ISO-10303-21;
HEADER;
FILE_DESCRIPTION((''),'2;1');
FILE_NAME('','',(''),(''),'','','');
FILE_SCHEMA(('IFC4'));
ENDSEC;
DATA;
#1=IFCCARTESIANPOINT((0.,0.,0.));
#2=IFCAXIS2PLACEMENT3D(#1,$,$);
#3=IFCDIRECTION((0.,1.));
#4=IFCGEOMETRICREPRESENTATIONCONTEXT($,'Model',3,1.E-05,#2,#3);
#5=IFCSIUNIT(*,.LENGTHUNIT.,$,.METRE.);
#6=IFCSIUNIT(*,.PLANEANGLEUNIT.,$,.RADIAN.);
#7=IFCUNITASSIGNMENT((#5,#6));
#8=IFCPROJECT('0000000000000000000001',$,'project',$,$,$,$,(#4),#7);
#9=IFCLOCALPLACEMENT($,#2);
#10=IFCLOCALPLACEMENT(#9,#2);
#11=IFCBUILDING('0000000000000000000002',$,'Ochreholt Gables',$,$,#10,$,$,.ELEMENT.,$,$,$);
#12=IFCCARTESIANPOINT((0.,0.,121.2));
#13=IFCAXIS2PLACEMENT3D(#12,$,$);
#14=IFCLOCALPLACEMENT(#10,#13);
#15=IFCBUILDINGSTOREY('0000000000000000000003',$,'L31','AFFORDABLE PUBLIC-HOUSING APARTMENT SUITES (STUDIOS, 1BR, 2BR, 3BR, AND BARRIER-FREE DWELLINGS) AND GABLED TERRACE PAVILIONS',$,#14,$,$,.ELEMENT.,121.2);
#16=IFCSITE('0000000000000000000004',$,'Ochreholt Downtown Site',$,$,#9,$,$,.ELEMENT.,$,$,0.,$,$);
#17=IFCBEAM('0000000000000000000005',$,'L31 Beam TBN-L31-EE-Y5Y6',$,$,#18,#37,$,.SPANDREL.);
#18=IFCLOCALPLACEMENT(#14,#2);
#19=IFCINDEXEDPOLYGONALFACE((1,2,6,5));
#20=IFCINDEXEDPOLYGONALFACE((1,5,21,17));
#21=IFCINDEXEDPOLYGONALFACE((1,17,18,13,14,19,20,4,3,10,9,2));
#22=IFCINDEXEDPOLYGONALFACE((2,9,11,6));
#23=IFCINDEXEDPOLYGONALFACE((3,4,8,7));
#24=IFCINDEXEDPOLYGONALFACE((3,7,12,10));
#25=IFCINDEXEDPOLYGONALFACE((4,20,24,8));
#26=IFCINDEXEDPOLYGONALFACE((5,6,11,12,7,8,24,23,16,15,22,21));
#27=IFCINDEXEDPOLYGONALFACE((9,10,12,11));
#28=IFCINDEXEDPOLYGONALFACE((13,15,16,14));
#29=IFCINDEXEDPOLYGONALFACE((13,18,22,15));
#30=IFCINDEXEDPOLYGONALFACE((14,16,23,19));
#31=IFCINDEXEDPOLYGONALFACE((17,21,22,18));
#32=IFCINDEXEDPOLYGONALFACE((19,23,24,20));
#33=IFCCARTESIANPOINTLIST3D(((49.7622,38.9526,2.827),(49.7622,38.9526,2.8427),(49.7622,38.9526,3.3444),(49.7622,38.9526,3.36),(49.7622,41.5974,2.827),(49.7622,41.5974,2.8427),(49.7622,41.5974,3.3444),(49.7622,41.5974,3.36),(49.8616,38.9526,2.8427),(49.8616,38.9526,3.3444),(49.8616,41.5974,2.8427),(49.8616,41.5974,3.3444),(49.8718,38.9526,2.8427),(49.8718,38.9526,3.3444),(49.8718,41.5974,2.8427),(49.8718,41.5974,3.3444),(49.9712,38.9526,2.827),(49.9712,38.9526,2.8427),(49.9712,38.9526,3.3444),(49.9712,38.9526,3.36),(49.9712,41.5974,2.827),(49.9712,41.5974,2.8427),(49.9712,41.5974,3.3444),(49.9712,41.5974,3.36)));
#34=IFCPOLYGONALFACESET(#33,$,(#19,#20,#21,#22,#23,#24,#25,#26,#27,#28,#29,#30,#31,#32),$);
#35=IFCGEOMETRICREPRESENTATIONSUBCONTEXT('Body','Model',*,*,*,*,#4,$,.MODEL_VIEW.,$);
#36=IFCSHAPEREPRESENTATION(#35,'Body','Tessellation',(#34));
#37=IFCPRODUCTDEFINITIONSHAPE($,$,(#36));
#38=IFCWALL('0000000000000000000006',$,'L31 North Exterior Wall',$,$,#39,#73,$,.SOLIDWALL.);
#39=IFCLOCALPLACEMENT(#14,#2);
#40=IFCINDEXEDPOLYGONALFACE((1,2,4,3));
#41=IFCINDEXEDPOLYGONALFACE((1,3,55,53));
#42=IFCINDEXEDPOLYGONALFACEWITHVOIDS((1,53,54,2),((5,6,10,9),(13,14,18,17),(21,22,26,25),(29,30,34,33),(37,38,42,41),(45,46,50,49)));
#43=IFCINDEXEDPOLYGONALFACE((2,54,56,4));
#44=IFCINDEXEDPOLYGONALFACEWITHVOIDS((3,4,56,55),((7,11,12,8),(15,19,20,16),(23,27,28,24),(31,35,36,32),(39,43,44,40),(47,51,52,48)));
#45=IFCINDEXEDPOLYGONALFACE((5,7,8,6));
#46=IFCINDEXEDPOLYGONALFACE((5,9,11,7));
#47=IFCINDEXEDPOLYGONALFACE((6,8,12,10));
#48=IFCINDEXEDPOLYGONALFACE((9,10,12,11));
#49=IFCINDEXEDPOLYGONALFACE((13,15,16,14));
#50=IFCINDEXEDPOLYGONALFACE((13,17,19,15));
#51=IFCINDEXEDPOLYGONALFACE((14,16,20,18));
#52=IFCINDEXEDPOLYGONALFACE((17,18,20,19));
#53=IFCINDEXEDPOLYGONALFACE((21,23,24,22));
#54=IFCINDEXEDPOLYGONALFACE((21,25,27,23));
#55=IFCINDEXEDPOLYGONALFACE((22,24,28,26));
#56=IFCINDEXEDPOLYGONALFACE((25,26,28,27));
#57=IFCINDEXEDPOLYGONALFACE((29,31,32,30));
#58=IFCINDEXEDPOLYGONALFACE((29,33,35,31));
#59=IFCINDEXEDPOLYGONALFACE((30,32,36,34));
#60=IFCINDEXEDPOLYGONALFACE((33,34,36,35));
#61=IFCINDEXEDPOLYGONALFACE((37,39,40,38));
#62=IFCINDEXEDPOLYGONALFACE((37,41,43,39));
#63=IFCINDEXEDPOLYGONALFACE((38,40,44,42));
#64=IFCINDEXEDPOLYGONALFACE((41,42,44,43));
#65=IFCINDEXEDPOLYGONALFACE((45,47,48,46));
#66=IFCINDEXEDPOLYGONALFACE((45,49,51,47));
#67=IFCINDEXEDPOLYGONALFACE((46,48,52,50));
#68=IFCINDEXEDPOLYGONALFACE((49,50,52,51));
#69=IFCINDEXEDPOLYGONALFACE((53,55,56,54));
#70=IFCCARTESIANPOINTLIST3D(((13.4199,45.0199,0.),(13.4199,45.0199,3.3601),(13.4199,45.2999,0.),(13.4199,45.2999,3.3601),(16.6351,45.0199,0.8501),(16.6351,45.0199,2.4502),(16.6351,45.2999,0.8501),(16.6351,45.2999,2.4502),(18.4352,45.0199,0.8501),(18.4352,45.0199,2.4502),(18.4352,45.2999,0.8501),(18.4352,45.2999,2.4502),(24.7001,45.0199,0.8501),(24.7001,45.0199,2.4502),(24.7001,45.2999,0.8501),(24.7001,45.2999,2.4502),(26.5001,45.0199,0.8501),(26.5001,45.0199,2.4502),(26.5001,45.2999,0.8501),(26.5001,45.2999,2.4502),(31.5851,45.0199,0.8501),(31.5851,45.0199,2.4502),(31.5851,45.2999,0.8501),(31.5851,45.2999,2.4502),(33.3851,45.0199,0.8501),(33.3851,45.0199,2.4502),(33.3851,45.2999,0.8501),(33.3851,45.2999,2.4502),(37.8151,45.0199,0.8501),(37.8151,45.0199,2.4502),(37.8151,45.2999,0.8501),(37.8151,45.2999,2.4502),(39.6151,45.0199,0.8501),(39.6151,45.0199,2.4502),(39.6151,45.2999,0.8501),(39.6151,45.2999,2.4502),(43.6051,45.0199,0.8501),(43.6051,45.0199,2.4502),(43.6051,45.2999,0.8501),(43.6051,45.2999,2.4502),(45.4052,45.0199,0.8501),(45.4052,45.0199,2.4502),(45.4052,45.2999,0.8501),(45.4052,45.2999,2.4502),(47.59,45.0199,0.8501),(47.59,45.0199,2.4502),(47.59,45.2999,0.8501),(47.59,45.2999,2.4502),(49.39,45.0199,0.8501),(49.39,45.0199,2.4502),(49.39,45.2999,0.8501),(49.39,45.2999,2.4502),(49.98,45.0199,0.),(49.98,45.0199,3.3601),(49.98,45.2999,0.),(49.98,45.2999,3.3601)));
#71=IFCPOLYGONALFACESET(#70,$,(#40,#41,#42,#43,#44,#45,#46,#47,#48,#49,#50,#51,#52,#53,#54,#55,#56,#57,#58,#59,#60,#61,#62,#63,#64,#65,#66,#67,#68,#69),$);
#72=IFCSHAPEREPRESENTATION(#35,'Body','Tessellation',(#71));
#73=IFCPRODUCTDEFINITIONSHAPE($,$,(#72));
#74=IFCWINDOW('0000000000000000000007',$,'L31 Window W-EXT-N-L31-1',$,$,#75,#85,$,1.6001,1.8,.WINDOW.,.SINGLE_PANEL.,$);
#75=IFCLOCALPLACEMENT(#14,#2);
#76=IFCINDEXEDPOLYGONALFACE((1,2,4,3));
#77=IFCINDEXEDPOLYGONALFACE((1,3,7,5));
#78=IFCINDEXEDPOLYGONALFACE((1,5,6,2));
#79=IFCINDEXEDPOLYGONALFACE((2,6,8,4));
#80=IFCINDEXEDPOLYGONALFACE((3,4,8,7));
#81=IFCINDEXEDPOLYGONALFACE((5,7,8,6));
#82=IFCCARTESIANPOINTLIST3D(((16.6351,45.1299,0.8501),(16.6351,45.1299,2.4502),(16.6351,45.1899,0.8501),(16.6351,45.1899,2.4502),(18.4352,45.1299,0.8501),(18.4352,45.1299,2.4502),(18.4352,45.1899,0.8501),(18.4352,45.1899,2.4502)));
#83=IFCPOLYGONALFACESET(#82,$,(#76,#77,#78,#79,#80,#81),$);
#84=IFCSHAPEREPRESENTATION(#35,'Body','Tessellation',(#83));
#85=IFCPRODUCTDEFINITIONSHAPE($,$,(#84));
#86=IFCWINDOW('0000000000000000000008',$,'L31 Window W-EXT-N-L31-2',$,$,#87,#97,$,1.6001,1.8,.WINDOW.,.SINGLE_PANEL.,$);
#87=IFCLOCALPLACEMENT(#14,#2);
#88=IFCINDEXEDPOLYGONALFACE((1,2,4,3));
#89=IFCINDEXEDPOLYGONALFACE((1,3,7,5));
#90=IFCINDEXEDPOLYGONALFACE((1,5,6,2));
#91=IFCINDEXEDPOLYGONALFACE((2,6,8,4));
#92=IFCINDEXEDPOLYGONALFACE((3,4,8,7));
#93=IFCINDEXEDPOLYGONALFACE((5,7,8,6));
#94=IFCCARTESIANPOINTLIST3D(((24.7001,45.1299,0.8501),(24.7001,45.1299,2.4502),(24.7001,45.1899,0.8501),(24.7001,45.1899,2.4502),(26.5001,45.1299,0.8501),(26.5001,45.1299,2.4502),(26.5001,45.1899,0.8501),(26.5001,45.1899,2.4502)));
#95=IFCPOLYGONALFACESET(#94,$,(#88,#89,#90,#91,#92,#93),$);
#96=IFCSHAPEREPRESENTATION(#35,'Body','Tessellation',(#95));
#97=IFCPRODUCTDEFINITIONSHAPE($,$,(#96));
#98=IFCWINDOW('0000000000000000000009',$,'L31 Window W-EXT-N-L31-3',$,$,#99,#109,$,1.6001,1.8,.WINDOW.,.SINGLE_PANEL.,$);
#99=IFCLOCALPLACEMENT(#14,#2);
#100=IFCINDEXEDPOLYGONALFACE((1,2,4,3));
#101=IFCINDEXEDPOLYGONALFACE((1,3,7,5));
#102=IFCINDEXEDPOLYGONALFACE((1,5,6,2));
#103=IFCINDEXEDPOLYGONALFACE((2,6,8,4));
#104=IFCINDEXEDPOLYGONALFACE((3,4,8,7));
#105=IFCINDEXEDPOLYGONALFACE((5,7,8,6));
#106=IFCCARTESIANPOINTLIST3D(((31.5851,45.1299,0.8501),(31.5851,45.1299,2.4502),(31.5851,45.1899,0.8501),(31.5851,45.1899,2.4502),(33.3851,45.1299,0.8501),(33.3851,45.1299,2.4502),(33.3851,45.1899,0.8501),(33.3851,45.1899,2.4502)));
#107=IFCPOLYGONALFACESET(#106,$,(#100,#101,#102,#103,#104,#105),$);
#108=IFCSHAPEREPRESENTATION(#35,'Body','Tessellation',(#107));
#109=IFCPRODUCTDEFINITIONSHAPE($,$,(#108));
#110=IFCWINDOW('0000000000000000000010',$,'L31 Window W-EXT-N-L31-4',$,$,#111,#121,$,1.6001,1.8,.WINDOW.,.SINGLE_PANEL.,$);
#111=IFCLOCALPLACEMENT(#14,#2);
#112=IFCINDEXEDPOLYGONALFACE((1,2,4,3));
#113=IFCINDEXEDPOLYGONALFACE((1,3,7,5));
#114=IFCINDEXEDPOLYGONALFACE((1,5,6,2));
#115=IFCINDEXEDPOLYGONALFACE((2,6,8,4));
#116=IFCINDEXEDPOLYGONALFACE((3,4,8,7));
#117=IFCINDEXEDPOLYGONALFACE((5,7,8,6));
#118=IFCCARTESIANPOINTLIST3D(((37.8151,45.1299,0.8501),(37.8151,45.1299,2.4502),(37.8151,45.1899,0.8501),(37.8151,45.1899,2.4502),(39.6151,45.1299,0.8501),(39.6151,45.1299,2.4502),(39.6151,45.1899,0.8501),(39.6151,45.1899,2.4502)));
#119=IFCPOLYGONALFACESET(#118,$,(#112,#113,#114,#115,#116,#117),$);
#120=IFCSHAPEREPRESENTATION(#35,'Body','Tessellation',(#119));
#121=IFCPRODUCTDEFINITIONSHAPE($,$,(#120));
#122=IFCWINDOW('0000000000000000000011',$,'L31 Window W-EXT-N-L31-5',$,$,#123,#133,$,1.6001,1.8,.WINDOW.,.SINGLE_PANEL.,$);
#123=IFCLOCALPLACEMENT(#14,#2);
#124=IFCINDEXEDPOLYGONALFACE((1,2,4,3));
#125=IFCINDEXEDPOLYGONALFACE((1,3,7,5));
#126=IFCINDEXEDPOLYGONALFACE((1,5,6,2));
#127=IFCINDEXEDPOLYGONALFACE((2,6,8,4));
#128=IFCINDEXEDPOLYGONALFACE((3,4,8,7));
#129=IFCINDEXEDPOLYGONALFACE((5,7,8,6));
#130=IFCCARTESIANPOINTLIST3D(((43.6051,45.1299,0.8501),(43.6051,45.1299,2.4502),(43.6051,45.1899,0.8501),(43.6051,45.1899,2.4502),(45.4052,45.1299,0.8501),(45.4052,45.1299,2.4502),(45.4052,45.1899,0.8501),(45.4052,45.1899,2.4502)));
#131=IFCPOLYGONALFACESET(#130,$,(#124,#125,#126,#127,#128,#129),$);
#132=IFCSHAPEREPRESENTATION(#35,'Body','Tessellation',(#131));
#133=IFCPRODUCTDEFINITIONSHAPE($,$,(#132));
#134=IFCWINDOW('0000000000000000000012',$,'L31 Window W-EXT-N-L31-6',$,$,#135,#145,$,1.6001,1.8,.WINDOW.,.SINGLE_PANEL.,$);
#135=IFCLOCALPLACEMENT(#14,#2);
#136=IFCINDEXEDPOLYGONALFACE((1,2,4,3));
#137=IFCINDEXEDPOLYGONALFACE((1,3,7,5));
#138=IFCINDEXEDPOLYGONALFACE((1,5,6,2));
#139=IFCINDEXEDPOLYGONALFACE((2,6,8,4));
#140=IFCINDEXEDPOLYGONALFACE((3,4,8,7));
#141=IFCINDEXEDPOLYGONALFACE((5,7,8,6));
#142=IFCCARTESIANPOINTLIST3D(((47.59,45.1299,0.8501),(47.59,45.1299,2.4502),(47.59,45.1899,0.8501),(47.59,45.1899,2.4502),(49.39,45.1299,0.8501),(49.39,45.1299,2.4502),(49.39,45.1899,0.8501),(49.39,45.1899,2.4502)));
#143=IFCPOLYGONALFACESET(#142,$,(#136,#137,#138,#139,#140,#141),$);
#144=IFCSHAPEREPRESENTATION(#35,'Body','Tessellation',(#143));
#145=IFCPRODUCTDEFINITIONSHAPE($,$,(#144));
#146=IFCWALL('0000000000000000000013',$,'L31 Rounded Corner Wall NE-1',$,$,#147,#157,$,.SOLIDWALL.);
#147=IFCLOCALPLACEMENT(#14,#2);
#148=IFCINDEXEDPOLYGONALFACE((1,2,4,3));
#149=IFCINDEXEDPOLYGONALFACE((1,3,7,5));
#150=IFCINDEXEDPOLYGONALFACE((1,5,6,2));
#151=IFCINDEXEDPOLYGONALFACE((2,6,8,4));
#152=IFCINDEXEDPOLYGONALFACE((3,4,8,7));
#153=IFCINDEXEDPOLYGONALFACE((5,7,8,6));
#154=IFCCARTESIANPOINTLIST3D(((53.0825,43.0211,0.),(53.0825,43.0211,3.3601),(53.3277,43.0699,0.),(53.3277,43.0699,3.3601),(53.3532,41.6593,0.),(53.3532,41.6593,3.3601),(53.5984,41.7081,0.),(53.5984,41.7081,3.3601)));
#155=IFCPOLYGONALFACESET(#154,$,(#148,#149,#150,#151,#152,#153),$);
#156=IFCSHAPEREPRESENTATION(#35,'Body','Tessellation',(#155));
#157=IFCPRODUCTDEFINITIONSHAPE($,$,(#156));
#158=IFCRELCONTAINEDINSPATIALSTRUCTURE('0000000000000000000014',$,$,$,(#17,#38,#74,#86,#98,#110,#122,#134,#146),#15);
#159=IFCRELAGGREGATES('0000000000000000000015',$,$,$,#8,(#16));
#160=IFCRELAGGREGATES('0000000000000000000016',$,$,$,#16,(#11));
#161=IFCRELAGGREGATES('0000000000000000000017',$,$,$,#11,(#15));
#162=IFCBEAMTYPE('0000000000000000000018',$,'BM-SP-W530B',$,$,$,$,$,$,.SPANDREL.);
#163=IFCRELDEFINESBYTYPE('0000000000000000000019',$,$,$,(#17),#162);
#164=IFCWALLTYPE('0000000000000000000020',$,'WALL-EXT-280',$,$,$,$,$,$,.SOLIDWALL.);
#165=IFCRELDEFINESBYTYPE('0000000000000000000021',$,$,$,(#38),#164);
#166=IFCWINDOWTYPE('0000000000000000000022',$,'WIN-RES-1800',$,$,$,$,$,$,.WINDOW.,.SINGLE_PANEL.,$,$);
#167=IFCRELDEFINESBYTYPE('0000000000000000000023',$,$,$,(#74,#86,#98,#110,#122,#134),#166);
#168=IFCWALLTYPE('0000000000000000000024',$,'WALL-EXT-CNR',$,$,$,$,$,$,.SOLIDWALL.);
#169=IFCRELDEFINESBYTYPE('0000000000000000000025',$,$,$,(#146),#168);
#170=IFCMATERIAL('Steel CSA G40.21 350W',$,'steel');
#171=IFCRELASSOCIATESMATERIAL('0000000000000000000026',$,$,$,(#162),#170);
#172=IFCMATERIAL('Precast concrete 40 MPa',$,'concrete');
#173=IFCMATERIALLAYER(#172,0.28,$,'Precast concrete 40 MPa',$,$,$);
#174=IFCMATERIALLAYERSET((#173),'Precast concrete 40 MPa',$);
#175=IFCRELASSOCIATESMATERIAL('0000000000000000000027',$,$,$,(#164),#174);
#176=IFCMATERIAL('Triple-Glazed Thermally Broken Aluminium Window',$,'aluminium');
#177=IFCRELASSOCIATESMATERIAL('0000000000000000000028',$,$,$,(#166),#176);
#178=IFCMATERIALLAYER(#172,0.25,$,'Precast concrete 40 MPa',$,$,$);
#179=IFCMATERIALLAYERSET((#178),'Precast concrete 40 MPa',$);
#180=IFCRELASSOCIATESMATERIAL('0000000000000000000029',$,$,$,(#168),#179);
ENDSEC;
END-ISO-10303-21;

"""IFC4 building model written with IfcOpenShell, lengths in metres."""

from ifc_helpers import new_model, si_unit, direction, frame, frame_2d, origin, origin_2d, place, context, subcontext, project, spatial, rectangle, i_section, extrude, material, layer, layer_set, material_profile, profile_set, type_object, element, fill, save


model = new_model("IFC4")

# Units and contexts
model_context = context("Model", 3, precision=1e-05, world=origin(), true_north=direction((0.0, 1.0)))
body_context = subcontext(model_context, "Body", "Model", "MODEL_VIEW")
ifc_project = project(units=[si_unit("LENGTHUNIT", "METRE"), si_unit("PLANEANGLEUNIT", "RADIAN")], contexts=[model_context])

# Site, building, storey
site_placement = place(None, origin())
site = spatial("IfcSite", under=ifc_project, at=site_placement, Name="Ochreholt Downtown Site", CompositionType="ELEMENT", RefElevation=0.0)
building_placement = place(site_placement, origin())
building = spatial("IfcBuilding", under=site, at=building_placement, Name="Ochreholt Gables", CompositionType="ELEMENT")
storey_placement = place(building_placement, frame((0.0, 0.0, 121.2)))
storey = spatial("IfcBuildingStorey", under=building, at=storey_placement, Name="L31", Description="AFFORDABLE PUBLIC-HOUSING APARTMENT SUITES (STUDIOS, 1BR, 2BR, 3BR, AND BARRIER-FREE DWELLINGS) AND GABLED TERRACE PAVILIONS", CompositionType="ELEMENT", Elevation=121.2)

# Shared definitions
ifc_material_1 = material(Name="Steel CSA G40.21 350W", Category="steel")

# Beam
ifc_material_profile_1 = material_profile(ifc_material_1, i_section(OverallWidth=0.209, OverallDepth=0.533, WebThickness=0.0103, FlangeThickness=0.0156, at=origin_2d()), Name="W530X92")
ifc_profile_set_1 = profile_set([ifc_material_profile_1], Name="Steel CSA G40.21 350W")
beam_type_1 = type_object("IfcBeamType", Name="BM-SP-W530B", PredefinedType="SPANDREL", material=ifc_profile_set_1)
beam_1_placement = place(storey_placement, frame((49.8667, 38.9526, 3.0935), z_axis=(0.0, 1.0, 0.0), x_axis=(-1.0, 0.0, 0.0)))
element("IfcBeam", 1, at=beam_1_placement, inside=storey, type_object=beam_type_1, Name="L31 Beam TBN-L31-EE-Y5Y6", PredefinedType="SPANDREL", context=body_context, shape_type="SweptSolid", body=[
    extrude(i_section(OverallWidth=0.209, OverallDepth=0.533, WebThickness=0.0103, FlangeThickness=0.0156, at=origin_2d()), origin(), (0.0, 0.0, 1.0), 2.6448),
])

# Wall, openings, windows
ifc_material_2 = material(Name="Precast concrete 40 MPa", Category="concrete")
ifc_layer_1 = layer(ifc_material_2, 0.28, Name="Precast concrete 40 MPa")
ifc_layer_set_1 = layer_set([ifc_layer_1], Name="Precast concrete 40 MPa")
wall_type_1 = type_object("IfcWallType", Name="WALL-EXT-280", PredefinedType="SOLIDWALL", material=ifc_layer_set_1)
wall_1_placement = place(storey_placement, frame((49.98, 45.1599, 0.0), z_axis=(0.0, 0.0, 1.0), x_axis=(-1.0, 0.0, 0.0)))
wall_1 = element("IfcWall", 2, at=wall_1_placement, inside=storey, type_object=wall_type_1, Name="L31 North Exterior Wall", PredefinedType="SOLIDWALL", context=body_context, shape_type="SweptSolid", body=[
    extrude(rectangle(XDim=36.5601, YDim=0.28, at=frame_2d((18.28, 0.0))), origin(), (0.0, 0.0, 1.0), 3.3601),
])
opening_1_placement = place(wall_1_placement, frame((31.5449, 0.0, 0.8501)))
opening_1 = element("IfcOpeningElement", 3, at=opening_1_placement, cuts=wall_1, PredefinedType="OPENING", context=body_context, shape_type="SweptSolid", body=[
    extrude(rectangle(XDim=1.8, YDim=1.6001, at=frame_2d((0.8999, 0.8))), frame((0.0, 0.1499, 0.0), z_axis=(0.0, -1.0, 0.0), x_axis=(1.0, 0.0, 0.0)), (0.0, 0.0, 1.0), 0.3),
])
opening_2_placement = place(wall_1_placement, frame((23.48, 0.0, 0.8501)))
opening_2 = element("IfcOpeningElement", 4, at=opening_2_placement, cuts=wall_1, PredefinedType="OPENING", context=body_context, shape_type="SweptSolid", body=[
    extrude(rectangle(XDim=1.8, YDim=1.6001, at=frame_2d((0.8999, 0.8))), frame((0.0, 0.1499, 0.0), z_axis=(0.0, -1.0, 0.0), x_axis=(1.0, 0.0, 0.0)), (0.0, 0.0, 1.0), 0.3),
])
opening_3_placement = place(wall_1_placement, frame((16.595, 0.0, 0.8501)))
opening_3 = element("IfcOpeningElement", 5, at=opening_3_placement, cuts=wall_1, PredefinedType="OPENING", context=body_context, shape_type="SweptSolid", body=[
    extrude(rectangle(XDim=1.8, YDim=1.6001, at=frame_2d((0.8999, 0.8))), frame((0.0, 0.1499, 0.0), z_axis=(0.0, -1.0, 0.0), x_axis=(1.0, 0.0, 0.0)), (0.0, 0.0, 1.0), 0.3),
])
opening_4_placement = place(wall_1_placement, frame((10.365, 0.0, 0.8501)))
opening_4 = element("IfcOpeningElement", 6, at=opening_4_placement, cuts=wall_1, PredefinedType="OPENING", context=body_context, shape_type="SweptSolid", body=[
    extrude(rectangle(XDim=1.8, YDim=1.6001, at=frame_2d((0.8999, 0.8))), frame((0.0, 0.1499, 0.0), z_axis=(0.0, -1.0, 0.0), x_axis=(1.0, 0.0, 0.0)), (0.0, 0.0, 1.0), 0.3),
])
opening_5_placement = place(wall_1_placement, frame((4.575, 0.0, 0.8501)))
opening_5 = element("IfcOpeningElement", 7, at=opening_5_placement, cuts=wall_1, PredefinedType="OPENING", context=body_context, shape_type="SweptSolid", body=[
    extrude(rectangle(XDim=1.8, YDim=1.6001, at=frame_2d((0.8999, 0.8))), frame((0.0, 0.1499, 0.0), z_axis=(0.0, -1.0, 0.0), x_axis=(1.0, 0.0, 0.0)), (0.0, 0.0, 1.0), 0.3),
])
opening_6_placement = place(wall_1_placement, frame((0.5901, 0.0, 0.8501)))
opening_6 = element("IfcOpeningElement", 8, at=opening_6_placement, cuts=wall_1, PredefinedType="OPENING", context=body_context, shape_type="SweptSolid", body=[
    extrude(rectangle(XDim=1.8, YDim=1.6001, at=frame_2d((0.8999, 0.8))), frame((0.0, 0.1499, 0.0), z_axis=(0.0, -1.0, 0.0), x_axis=(1.0, 0.0, 0.0)), (0.0, 0.0, 1.0), 0.3),
])
ifc_material_3 = material(Name="Triple-Glazed Thermally Broken Aluminium Window", Category="aluminium")
window_type = type_object("IfcWindowType", Name="WIN-RES-1800", PartitioningType="SINGLE_PANEL", PredefinedType="WINDOW", material=ifc_material_3)
window_1_placement = place(opening_1_placement, origin())
window_1 = element("IfcWindow", 9, at=window_1_placement, inside=storey, type_object=window_type, Name="L31 Window W-EXT-N-L31-1", OverallHeight=1.6001, OverallWidth=1.8, PartitioningType="SINGLE_PANEL", PredefinedType="WINDOW", context=body_context, shape_type="SweptSolid", body=[
    extrude(rectangle(XDim=1.8, YDim=1.6001, at=frame_2d((0.8999, 0.8))), frame((0.0, 0.03, 0.0), z_axis=(0.0, -1.0, 0.0), x_axis=(1.0, 0.0, 0.0)), (0.0, 0.0, 1.0), 0.0601),
])
fill(opening_1, window_1)
window_2_placement = place(opening_2_placement, origin())
window_2 = element("IfcWindow", 10, at=window_2_placement, inside=storey, type_object=window_type, Name="L31 Window W-EXT-N-L31-2", OverallHeight=1.6001, OverallWidth=1.8, PartitioningType="SINGLE_PANEL", PredefinedType="WINDOW", context=body_context, shape_type="SweptSolid", body=[
    extrude(rectangle(XDim=1.8, YDim=1.6001, at=frame_2d((0.8999, 0.8))), frame((0.0, 0.03, 0.0), z_axis=(0.0, -1.0, 0.0), x_axis=(1.0, 0.0, 0.0)), (0.0, 0.0, 1.0), 0.0601),
])
fill(opening_2, window_2)
window_3_placement = place(opening_3_placement, origin())
window_3 = element("IfcWindow", 11, at=window_3_placement, inside=storey, type_object=window_type, Name="L31 Window W-EXT-N-L31-3", OverallHeight=1.6001, OverallWidth=1.8, PartitioningType="SINGLE_PANEL", PredefinedType="WINDOW", context=body_context, shape_type="SweptSolid", body=[
    extrude(rectangle(XDim=1.8, YDim=1.6001, at=frame_2d((0.8999, 0.8))), frame((0.0, 0.03, 0.0), z_axis=(0.0, -1.0, 0.0), x_axis=(1.0, 0.0, 0.0)), (0.0, 0.0, 1.0), 0.0601),
])
fill(opening_3, window_3)
window_4_placement = place(opening_4_placement, origin())
window_4 = element("IfcWindow", 12, at=window_4_placement, inside=storey, type_object=window_type, Name="L31 Window W-EXT-N-L31-4", OverallHeight=1.6001, OverallWidth=1.8, PartitioningType="SINGLE_PANEL", PredefinedType="WINDOW", context=body_context, shape_type="SweptSolid", body=[
    extrude(rectangle(XDim=1.8, YDim=1.6001, at=frame_2d((0.8999, 0.8))), frame((0.0, 0.03, 0.0), z_axis=(0.0, -1.0, 0.0), x_axis=(1.0, 0.0, 0.0)), (0.0, 0.0, 1.0), 0.0601),
])
fill(opening_4, window_4)
window_5_placement = place(opening_5_placement, origin())
window_5 = element("IfcWindow", 13, at=window_5_placement, inside=storey, type_object=window_type, Name="L31 Window W-EXT-N-L31-5", OverallHeight=1.6001, OverallWidth=1.8, PartitioningType="SINGLE_PANEL", PredefinedType="WINDOW", context=body_context, shape_type="SweptSolid", body=[
    extrude(rectangle(XDim=1.8, YDim=1.6001, at=frame_2d((0.8999, 0.8))), frame((0.0, 0.03, 0.0), z_axis=(0.0, -1.0, 0.0), x_axis=(1.0, 0.0, 0.0)), (0.0, 0.0, 1.0), 0.0601),
])
fill(opening_5, window_5)
window_6_placement = place(opening_6_placement, origin())
window_6 = element("IfcWindow", 14, at=window_6_placement, inside=storey, type_object=window_type, Name="L31 Window W-EXT-N-L31-6", OverallHeight=1.6001, OverallWidth=1.8, PartitioningType="SINGLE_PANEL", PredefinedType="WINDOW", context=body_context, shape_type="SweptSolid", body=[
    extrude(rectangle(XDim=1.8, YDim=1.6001, at=frame_2d((0.8999, 0.8))), frame((0.0, 0.03, 0.0), z_axis=(0.0, -1.0, 0.0), x_axis=(1.0, 0.0, 0.0)), (0.0, 0.0, 1.0), 0.0601),
])
fill(opening_6, window_6)

# Wall
ifc_layer_2 = layer(ifc_material_2, 0.25, Name="Precast concrete 40 MPa")
ifc_layer_set_2 = layer_set([ifc_layer_2], Name="Precast concrete 40 MPa")
wall_type_2 = type_object("IfcWallType", Name="WALL-EXT-CNR", PredefinedType="SOLIDWALL", material=ifc_layer_set_2)
wall_2_placement = place(storey_placement, frame((53.4758, 41.6836, 0.0), z_axis=(0.0, 0.0, 1.0), x_axis=(-0.195, 0.980803, 0.0)))
element("IfcWall", 15, at=wall_2_placement, inside=storey, type_object=wall_type_2, Name="L31 Rounded Corner Wall NE-1", PredefinedType="SOLIDWALL", context=body_context, shape_type="SweptSolid", body=[
    extrude(rectangle(XDim=1.3884, YDim=0.25, at=frame_2d((0.6943, 0.0))), origin(), (0.0, 0.0, 1.0), 3.3601),
])

save(model, "model.ifc")
